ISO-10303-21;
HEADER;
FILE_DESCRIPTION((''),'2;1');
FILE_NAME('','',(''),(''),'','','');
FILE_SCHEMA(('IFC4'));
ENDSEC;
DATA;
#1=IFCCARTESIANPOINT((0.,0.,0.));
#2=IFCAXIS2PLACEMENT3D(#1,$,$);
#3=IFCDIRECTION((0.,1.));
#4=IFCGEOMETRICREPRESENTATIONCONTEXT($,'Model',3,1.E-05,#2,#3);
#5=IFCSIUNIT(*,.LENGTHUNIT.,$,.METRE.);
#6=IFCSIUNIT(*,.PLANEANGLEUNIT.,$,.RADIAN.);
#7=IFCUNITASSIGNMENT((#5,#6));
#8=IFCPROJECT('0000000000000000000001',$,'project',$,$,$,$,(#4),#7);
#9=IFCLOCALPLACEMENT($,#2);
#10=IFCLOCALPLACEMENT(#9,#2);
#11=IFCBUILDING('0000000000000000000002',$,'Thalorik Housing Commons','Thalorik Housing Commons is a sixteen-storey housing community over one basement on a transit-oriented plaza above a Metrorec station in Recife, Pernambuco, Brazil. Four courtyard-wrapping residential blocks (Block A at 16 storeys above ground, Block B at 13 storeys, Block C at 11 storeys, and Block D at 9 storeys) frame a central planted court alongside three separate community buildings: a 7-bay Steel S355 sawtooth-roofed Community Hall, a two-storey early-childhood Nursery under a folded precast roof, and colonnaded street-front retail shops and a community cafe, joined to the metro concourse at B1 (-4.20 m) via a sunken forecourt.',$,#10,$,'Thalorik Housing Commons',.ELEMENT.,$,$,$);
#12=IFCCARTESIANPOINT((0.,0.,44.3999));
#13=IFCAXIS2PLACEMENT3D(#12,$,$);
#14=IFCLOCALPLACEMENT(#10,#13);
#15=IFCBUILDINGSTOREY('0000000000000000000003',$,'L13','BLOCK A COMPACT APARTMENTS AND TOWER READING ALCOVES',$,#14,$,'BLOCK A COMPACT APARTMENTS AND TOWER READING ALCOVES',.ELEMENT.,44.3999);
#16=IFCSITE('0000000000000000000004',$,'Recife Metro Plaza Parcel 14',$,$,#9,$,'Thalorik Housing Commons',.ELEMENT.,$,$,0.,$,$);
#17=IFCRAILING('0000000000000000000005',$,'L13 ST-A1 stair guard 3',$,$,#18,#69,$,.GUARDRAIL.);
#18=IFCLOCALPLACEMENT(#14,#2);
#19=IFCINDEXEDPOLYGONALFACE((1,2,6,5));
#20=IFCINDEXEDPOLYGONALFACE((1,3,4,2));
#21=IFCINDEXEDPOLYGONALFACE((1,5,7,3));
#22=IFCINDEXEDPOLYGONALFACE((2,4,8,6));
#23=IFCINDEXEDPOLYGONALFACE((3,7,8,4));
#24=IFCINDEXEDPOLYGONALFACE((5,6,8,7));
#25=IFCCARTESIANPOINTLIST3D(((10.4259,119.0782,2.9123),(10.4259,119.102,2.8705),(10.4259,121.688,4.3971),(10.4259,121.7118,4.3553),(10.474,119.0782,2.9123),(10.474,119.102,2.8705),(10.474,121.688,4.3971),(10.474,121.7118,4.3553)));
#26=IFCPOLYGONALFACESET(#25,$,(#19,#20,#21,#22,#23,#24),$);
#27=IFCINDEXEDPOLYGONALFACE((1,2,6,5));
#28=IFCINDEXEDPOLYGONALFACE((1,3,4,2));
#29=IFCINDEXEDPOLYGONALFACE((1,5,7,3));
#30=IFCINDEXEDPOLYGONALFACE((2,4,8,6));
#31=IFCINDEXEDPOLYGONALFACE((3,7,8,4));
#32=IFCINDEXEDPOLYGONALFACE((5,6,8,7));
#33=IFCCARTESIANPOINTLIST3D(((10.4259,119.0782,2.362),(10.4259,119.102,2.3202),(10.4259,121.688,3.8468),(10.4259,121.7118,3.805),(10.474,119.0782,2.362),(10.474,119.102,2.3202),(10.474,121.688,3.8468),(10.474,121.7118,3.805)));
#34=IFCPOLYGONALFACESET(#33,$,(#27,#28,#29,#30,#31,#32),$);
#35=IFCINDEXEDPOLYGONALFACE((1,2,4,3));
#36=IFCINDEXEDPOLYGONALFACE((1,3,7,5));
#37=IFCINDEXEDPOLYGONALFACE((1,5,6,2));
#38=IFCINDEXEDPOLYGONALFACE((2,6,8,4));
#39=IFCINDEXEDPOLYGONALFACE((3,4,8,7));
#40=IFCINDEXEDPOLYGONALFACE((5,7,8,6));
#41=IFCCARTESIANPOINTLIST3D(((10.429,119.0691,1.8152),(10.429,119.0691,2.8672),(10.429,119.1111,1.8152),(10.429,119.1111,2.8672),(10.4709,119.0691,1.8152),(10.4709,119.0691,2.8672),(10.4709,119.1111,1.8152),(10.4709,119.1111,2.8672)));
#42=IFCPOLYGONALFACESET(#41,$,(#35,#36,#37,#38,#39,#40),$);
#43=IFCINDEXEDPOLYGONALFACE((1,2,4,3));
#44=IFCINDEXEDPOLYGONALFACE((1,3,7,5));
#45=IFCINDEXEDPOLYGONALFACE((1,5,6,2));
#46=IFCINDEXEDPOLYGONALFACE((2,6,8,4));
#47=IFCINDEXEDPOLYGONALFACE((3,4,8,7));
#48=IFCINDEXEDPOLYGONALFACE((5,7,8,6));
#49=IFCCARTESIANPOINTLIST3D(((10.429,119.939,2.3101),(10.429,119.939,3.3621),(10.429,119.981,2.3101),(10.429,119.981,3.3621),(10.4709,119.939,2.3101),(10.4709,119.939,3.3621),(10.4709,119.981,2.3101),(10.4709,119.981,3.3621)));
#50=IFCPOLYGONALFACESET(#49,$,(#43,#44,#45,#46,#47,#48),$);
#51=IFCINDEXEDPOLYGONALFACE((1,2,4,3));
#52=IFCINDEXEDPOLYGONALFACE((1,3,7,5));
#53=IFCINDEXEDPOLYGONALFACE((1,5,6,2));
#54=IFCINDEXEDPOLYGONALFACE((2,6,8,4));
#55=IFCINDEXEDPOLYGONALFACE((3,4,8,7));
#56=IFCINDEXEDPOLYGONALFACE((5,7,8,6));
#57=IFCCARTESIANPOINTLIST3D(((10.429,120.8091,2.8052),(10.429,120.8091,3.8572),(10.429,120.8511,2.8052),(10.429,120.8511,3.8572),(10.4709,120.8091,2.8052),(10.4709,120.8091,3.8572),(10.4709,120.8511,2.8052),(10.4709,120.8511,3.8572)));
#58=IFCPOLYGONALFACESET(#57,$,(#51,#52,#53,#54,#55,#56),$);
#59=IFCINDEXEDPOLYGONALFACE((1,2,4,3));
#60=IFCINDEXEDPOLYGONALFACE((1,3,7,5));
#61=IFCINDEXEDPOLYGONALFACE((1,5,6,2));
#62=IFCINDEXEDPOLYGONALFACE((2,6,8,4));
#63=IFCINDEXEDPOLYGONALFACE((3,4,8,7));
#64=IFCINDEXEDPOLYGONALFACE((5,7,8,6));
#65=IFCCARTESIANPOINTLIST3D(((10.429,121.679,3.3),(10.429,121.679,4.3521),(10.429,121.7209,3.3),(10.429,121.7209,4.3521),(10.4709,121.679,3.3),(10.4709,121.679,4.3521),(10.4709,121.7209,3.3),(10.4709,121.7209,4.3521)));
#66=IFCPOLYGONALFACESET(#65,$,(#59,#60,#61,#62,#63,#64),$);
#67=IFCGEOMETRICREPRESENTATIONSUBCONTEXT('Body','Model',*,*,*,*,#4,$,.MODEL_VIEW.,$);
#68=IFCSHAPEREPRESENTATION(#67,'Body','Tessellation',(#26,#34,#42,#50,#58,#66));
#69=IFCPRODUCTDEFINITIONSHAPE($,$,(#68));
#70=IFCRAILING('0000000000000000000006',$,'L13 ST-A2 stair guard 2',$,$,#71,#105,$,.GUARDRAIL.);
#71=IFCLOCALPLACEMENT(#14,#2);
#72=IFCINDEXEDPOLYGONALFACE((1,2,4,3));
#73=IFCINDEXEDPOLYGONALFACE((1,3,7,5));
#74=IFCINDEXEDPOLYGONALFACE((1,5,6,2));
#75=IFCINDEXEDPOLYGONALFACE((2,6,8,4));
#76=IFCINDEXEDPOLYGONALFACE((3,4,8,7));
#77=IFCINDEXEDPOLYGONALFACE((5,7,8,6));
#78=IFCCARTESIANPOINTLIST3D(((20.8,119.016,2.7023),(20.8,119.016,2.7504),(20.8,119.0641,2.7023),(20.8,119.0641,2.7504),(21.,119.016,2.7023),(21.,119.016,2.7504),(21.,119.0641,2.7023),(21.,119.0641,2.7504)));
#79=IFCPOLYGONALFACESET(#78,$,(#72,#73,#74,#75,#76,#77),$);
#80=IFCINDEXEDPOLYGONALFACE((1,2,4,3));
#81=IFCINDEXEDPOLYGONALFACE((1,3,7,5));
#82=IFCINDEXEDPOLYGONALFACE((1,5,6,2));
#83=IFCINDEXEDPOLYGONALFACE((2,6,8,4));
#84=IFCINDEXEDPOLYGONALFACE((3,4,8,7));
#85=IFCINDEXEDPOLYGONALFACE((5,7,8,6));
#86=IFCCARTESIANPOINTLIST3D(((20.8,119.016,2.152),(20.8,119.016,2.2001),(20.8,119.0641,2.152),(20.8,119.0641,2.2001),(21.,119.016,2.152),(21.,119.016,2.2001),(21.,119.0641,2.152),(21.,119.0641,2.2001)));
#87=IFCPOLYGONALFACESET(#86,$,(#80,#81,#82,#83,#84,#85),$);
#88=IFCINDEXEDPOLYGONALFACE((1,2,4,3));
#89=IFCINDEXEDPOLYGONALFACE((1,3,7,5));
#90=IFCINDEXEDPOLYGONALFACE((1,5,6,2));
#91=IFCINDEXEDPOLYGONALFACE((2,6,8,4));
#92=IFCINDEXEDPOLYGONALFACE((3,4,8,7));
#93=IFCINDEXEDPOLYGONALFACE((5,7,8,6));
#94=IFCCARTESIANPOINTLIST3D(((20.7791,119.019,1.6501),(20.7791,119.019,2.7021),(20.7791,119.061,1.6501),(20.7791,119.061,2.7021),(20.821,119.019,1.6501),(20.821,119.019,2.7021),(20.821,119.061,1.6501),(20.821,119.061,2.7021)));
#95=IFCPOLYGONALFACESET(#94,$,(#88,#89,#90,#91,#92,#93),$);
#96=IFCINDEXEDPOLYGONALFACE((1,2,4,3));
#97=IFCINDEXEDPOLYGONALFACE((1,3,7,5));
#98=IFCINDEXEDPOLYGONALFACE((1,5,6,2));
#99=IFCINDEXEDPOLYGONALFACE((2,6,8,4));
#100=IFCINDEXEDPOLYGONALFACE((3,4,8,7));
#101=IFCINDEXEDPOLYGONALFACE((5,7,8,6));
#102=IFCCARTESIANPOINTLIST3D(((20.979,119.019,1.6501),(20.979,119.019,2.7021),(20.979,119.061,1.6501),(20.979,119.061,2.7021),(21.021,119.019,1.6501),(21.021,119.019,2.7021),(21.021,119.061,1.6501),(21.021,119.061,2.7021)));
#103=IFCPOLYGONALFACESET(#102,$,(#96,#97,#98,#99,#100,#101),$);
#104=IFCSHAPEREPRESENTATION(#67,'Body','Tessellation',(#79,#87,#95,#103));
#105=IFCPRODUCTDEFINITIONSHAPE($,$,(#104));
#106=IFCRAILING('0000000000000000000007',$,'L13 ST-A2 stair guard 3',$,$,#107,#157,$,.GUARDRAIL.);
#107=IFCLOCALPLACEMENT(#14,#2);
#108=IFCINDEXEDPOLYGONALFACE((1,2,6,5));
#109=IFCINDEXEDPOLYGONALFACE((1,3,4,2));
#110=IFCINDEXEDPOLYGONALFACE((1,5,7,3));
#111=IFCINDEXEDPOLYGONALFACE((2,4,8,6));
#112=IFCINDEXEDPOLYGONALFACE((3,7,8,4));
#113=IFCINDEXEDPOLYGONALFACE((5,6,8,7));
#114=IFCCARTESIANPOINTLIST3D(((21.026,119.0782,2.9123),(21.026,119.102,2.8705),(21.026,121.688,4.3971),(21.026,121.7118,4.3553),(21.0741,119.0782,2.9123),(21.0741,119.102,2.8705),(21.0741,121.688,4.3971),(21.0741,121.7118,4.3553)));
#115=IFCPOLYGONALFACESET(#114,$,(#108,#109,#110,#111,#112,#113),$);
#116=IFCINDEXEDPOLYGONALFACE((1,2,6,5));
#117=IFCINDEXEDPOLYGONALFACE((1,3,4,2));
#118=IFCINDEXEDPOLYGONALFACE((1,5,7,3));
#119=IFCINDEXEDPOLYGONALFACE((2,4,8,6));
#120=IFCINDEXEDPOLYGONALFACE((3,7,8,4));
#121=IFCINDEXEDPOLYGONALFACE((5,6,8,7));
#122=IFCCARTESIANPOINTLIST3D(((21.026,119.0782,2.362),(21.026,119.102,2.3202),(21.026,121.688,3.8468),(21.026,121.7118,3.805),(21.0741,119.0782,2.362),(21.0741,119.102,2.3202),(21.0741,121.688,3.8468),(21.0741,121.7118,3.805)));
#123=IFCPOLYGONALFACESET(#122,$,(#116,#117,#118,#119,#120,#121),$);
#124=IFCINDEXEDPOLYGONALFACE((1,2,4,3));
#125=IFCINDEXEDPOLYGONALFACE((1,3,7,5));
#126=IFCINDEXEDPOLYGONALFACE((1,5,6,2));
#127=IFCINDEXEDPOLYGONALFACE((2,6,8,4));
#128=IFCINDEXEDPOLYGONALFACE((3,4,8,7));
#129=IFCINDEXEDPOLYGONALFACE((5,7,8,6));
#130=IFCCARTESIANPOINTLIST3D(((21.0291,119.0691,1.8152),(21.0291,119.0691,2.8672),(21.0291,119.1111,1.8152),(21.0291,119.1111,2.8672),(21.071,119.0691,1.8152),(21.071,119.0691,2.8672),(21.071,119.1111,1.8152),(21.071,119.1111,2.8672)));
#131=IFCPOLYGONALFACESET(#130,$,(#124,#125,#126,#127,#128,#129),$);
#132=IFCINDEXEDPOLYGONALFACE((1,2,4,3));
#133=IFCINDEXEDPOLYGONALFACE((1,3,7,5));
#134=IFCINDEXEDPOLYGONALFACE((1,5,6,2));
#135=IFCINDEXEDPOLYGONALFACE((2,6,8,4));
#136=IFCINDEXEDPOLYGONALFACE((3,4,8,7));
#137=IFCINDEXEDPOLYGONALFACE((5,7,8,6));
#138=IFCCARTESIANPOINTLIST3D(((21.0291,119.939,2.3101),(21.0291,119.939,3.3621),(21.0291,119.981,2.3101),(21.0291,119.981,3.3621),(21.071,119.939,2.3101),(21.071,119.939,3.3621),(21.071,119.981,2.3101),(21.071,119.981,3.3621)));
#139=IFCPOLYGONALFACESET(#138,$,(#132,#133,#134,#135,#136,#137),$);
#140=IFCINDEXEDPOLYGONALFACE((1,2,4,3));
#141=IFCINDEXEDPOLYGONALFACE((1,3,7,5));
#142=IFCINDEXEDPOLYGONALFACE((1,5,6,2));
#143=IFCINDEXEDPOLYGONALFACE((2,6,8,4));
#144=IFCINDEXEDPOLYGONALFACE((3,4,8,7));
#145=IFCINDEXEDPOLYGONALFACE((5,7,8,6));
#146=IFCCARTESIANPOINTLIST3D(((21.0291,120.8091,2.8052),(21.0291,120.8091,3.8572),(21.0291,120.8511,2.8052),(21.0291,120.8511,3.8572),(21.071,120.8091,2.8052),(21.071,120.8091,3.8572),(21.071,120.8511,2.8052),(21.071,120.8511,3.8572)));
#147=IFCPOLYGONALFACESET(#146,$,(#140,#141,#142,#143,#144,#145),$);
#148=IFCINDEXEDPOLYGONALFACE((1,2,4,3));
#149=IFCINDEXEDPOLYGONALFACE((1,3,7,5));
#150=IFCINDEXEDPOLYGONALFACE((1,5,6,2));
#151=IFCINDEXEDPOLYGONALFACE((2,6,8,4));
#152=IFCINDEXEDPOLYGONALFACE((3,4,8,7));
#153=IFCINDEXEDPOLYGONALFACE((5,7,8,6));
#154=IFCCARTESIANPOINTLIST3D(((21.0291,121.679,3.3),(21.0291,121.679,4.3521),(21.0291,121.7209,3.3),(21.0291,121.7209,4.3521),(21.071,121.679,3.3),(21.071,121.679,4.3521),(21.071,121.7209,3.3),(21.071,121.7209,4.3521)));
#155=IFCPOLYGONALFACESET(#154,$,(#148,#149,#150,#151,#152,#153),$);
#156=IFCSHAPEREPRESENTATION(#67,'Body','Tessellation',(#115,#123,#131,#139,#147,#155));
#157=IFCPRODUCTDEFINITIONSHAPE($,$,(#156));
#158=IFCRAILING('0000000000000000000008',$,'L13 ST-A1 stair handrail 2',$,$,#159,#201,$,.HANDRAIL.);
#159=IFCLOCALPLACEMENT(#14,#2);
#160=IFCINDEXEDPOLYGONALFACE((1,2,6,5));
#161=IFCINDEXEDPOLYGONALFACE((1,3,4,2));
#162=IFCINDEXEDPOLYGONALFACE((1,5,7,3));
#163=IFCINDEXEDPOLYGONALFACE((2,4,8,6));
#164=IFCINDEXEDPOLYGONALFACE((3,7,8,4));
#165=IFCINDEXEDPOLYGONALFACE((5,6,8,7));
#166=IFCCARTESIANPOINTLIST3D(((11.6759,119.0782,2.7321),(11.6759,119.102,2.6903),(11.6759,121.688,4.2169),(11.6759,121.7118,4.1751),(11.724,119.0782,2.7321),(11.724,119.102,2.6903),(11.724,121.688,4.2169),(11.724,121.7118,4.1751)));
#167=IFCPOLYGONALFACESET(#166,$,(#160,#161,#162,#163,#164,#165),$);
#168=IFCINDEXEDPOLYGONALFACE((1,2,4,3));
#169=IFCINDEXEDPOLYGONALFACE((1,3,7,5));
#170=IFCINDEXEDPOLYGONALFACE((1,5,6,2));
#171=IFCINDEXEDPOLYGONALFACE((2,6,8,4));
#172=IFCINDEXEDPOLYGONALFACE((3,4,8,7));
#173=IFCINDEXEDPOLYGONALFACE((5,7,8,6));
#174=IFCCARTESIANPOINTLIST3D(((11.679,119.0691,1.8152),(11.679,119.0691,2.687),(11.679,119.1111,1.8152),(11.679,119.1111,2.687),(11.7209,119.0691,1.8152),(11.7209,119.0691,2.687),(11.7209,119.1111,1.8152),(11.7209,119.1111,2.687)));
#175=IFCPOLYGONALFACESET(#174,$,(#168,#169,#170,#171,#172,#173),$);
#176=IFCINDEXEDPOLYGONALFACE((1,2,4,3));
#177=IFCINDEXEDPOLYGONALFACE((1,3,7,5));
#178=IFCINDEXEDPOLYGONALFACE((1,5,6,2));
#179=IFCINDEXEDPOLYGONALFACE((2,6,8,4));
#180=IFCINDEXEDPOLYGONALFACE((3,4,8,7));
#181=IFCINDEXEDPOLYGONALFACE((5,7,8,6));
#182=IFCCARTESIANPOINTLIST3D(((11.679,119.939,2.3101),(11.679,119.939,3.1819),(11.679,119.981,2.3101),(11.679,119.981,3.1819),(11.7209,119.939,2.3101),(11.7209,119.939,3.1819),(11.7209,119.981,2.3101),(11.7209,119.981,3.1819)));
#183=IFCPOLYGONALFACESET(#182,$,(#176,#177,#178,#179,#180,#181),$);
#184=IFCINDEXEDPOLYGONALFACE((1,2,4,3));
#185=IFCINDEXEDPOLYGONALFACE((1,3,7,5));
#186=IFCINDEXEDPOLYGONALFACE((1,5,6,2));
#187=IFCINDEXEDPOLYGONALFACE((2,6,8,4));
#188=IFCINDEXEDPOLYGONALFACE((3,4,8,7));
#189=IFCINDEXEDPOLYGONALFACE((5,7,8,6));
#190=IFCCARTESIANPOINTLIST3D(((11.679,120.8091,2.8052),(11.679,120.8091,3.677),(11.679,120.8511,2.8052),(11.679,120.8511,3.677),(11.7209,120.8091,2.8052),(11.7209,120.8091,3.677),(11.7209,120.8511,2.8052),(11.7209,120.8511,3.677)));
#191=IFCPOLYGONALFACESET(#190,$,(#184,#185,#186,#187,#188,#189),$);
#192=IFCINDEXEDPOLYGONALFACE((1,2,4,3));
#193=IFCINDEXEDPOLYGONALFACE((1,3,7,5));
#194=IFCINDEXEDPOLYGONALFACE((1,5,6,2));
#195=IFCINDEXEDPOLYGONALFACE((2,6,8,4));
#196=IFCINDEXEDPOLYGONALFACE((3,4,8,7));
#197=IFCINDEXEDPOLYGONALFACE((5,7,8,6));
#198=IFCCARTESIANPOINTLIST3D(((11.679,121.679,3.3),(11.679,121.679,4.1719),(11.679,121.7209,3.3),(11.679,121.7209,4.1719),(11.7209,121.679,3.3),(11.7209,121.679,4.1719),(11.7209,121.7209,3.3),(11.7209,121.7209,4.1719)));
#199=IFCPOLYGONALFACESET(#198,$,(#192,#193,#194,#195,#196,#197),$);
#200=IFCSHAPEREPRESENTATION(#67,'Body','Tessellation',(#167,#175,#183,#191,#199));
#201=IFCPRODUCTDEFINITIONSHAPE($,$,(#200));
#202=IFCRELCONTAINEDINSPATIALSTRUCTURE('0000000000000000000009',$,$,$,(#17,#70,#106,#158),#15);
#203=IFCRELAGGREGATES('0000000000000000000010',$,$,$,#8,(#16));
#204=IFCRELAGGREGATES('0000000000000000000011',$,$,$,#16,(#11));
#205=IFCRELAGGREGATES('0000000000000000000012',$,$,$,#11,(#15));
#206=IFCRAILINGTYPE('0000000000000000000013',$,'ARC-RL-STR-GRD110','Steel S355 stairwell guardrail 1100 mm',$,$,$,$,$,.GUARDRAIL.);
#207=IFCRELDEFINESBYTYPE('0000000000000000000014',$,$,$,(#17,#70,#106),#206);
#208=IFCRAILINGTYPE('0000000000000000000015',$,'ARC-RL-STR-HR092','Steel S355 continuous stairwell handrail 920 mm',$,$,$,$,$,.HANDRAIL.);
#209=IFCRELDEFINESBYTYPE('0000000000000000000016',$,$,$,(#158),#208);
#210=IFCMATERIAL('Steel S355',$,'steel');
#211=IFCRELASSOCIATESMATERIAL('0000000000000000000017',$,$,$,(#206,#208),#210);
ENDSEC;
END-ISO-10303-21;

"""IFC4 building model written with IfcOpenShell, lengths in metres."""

from ifc_helpers import new_model, si_unit, direction, frame, origin, origin_2d, place, context, subcontext, project, spatial, rectangle, extrude, material, type_object, element, save


model = new_model("IFC4")

# Units and contexts
model_context = context("Model", 3, precision=1e-05, world=origin(), true_north=direction((0.0, 1.0)))
body_context = subcontext(model_context, "Body", "Model", "MODEL_VIEW")
ifc_project = project(units=[si_unit("LENGTHUNIT", "METRE"), si_unit("PLANEANGLEUNIT", "RADIAN")], contexts=[model_context])

# Site, building, storey
site_placement = place(None, origin())
site = spatial("IfcSite", under=ifc_project, at=site_placement, Name="Recife Metro Plaza Parcel 14", LongName="Thalorik Housing Commons", CompositionType="ELEMENT", RefElevation=0.0)
building_placement = place(site_placement, origin())
building = spatial("IfcBuilding", under=site, at=building_placement, Name="Thalorik Housing Commons", Description="Thalorik Housing Commons is a sixteen-storey housing community over one basement on a transit-oriented plaza above a Metrorec station in Recife, Pernambuco, Brazil. Four courtyard-wrapping residential blocks (Block A at 16 storeys above ground, Block B at 13 storeys, Block C at 11 storeys, and Block D at 9 storeys) frame a central planted court alongside three separate community buildings: a 7-bay Steel S355 sawtooth-roofed Community Hall, a two-storey early-childhood Nursery under a folded precast roof, and colonnaded street-front retail shops and a community cafe, joined to the metro concourse at B1 (-4.20 m) via a sunken forecourt.", LongName="Thalorik Housing Commons", CompositionType="ELEMENT")
storey_placement = place(building_placement, frame((0.0, 0.0, 44.3999)))
storey = spatial("IfcBuildingStorey", under=building, at=storey_placement, Name="L13", Description="BLOCK A COMPACT APARTMENTS AND TOWER READING ALCOVES", LongName="BLOCK A COMPACT APARTMENTS AND TOWER READING ALCOVES", CompositionType="ELEMENT", Elevation=44.3999)

# Shared definitions
ifc_material_1 = material(Name="Steel S355", Category="steel")

# Railings
railing_type_1 = type_object("IfcRailingType", Name="ARC-RL-STR-GRD110", Description="Steel S355 stairwell guardrail 1100 mm", PredefinedType="GUARDRAIL", material=ifc_material_1)
railing_1_placement = place(storey_placement, frame((10.45, 119.0901, 1.8152)))
element("IfcRailing", 1, at=railing_1_placement, inside=storey, type_object=railing_type_1, Name="L13 ST-A1 stair guard 3", PredefinedType="GUARDRAIL", context=body_context, shape_type="SweptSolid", body=[
    extrude(rectangle(XDim=0.0481, YDim=0.0481, at=origin_2d()), frame((0.0, 0.0, 1.0762), z_axis=(0.0, 0.869172, 0.494509), x_axis=(-1.0, 0.0, 0.0)), (0.0, 0.0, 1.0), 3.0027),
    extrude(rectangle(XDim=0.0481, YDim=0.0481, at=origin_2d()), frame((0.0, 0.0, 0.5259), z_axis=(0.0, 0.869172, 0.494509), x_axis=(-1.0, 0.0, 0.0)), (0.0, 0.0, 1.0), 3.0027),
    extrude(rectangle(XDim=0.042, YDim=0.042, at=origin_2d()), origin(), (0.0, 0.0, 1.0), 1.052),
    extrude(rectangle(XDim=0.042, YDim=0.042, at=origin_2d()), frame((0.0, 0.8699, 0.4949)), (0.0, 0.0, 1.0), 1.052),
    extrude(rectangle(XDim=0.042, YDim=0.042, at=origin_2d()), frame((0.0, 1.74, 0.99)), (0.0, 0.0, 1.0), 1.052),
    extrude(rectangle(XDim=0.042, YDim=0.042, at=origin_2d()), frame((0.0, 2.6099, 1.4849)), (0.0, 0.0, 1.0), 1.052),
])
railing_2_placement = place(storey_placement, frame((20.8, 119.04, 1.6501)))
element("IfcRailing", 2, at=railing_2_placement, inside=storey, type_object=railing_type_1, Name="L13 ST-A2 stair guard 2", PredefinedType="GUARDRAIL", context=body_context, shape_type="SweptSolid", body=[
    extrude(rectangle(XDim=0.0481, YDim=0.0481, at=origin_2d()), frame((0.0, 0.0, 1.0762), z_axis=(1.0, 0.0, 0.0), x_axis=(0.0, 1.0, 0.0)), (0.0, 0.0, 1.0), 0.2),
    extrude(rectangle(XDim=0.0481, YDim=0.0481, at=origin_2d()), frame((0.0, 0.0, 0.5259), z_axis=(1.0, 0.0, 0.0), x_axis=(0.0, 1.0, 0.0)), (0.0, 0.0, 1.0), 0.2),
    extrude(rectangle(XDim=0.042, YDim=0.042, at=origin_2d()), origin(), (0.0, 0.0, 1.0), 1.052),
    extrude(rectangle(XDim=0.042, YDim=0.042, at=origin_2d()), frame((0.2, 0.0, 0.0)), (0.0, 0.0, 1.0), 1.052),
])
railing_3_placement = place(storey_placement, frame((21.05, 119.0901, 1.8152)))
element("IfcRailing", 3, at=railing_3_placement, inside=storey, type_object=railing_type_1, Name="L13 ST-A2 stair guard 3", PredefinedType="GUARDRAIL", context=body_context, shape_type="SweptSolid", body=[
    extrude(rectangle(XDim=0.0481, YDim=0.0481, at=origin_2d()), frame((0.0, 0.0, 1.0762), z_axis=(0.0, 0.869172, 0.494509), x_axis=(-1.0, 0.0, 0.0)), (0.0, 0.0, 1.0), 3.0027),
    extrude(rectangle(XDim=0.0481, YDim=0.0481, at=origin_2d()), frame((0.0, 0.0, 0.5259), z_axis=(0.0, 0.869172, 0.494509), x_axis=(-1.0, 0.0, 0.0)), (0.0, 0.0, 1.0), 3.0027),
    extrude(rectangle(XDim=0.042, YDim=0.042, at=origin_2d()), origin(), (0.0, 0.0, 1.0), 1.052),
    extrude(rectangle(XDim=0.042, YDim=0.042, at=origin_2d()), frame((0.0, 0.8699, 0.4949)), (0.0, 0.0, 1.0), 1.052),
    extrude(rectangle(XDim=0.042, YDim=0.042, at=origin_2d()), frame((0.0, 1.74, 0.99)), (0.0, 0.0, 1.0), 1.052),
    extrude(rectangle(XDim=0.042, YDim=0.042, at=origin_2d()), frame((0.0, 2.6099, 1.4849)), (0.0, 0.0, 1.0), 1.052),
])
railing_type_2 = type_object("IfcRailingType", Name="ARC-RL-STR-HR092", Description="Steel S355 continuous stairwell handrail 920 mm", PredefinedType="HANDRAIL", material=ifc_material_1)
railing_4_placement = place(storey_placement, frame((11.7, 119.0901, 1.8152)))
element("IfcRailing", 4, at=railing_4_placement, inside=storey, type_object=railing_type_2, Name="L13 ST-A1 stair handrail 2", PredefinedType="HANDRAIL", context=body_context, shape_type="SweptSolid", body=[
    extrude(rectangle(XDim=0.0481, YDim=0.0481, at=origin_2d()), frame((0.0, 0.0, 0.896), z_axis=(0.0, 0.869172, 0.494509), x_axis=(-1.0, 0.0, 0.0)), (0.0, 0.0, 1.0), 3.0027),
    extrude(rectangle(XDim=0.042, YDim=0.042, at=origin_2d()), origin(), (0.0, 0.0, 1.0), 0.8718),
    extrude(rectangle(XDim=0.042, YDim=0.042, at=origin_2d()), frame((0.0, 0.8699, 0.4949)), (0.0, 0.0, 1.0), 0.8718),
    extrude(rectangle(XDim=0.042, YDim=0.042, at=origin_2d()), frame((0.0, 1.74, 0.99)), (0.0, 0.0, 1.0), 0.8718),
    extrude(rectangle(XDim=0.042, YDim=0.042, at=origin_2d()), frame((0.0, 2.6099, 1.4849)), (0.0, 0.0, 1.0), 0.8718),
])

save(model, "model.ifc")
